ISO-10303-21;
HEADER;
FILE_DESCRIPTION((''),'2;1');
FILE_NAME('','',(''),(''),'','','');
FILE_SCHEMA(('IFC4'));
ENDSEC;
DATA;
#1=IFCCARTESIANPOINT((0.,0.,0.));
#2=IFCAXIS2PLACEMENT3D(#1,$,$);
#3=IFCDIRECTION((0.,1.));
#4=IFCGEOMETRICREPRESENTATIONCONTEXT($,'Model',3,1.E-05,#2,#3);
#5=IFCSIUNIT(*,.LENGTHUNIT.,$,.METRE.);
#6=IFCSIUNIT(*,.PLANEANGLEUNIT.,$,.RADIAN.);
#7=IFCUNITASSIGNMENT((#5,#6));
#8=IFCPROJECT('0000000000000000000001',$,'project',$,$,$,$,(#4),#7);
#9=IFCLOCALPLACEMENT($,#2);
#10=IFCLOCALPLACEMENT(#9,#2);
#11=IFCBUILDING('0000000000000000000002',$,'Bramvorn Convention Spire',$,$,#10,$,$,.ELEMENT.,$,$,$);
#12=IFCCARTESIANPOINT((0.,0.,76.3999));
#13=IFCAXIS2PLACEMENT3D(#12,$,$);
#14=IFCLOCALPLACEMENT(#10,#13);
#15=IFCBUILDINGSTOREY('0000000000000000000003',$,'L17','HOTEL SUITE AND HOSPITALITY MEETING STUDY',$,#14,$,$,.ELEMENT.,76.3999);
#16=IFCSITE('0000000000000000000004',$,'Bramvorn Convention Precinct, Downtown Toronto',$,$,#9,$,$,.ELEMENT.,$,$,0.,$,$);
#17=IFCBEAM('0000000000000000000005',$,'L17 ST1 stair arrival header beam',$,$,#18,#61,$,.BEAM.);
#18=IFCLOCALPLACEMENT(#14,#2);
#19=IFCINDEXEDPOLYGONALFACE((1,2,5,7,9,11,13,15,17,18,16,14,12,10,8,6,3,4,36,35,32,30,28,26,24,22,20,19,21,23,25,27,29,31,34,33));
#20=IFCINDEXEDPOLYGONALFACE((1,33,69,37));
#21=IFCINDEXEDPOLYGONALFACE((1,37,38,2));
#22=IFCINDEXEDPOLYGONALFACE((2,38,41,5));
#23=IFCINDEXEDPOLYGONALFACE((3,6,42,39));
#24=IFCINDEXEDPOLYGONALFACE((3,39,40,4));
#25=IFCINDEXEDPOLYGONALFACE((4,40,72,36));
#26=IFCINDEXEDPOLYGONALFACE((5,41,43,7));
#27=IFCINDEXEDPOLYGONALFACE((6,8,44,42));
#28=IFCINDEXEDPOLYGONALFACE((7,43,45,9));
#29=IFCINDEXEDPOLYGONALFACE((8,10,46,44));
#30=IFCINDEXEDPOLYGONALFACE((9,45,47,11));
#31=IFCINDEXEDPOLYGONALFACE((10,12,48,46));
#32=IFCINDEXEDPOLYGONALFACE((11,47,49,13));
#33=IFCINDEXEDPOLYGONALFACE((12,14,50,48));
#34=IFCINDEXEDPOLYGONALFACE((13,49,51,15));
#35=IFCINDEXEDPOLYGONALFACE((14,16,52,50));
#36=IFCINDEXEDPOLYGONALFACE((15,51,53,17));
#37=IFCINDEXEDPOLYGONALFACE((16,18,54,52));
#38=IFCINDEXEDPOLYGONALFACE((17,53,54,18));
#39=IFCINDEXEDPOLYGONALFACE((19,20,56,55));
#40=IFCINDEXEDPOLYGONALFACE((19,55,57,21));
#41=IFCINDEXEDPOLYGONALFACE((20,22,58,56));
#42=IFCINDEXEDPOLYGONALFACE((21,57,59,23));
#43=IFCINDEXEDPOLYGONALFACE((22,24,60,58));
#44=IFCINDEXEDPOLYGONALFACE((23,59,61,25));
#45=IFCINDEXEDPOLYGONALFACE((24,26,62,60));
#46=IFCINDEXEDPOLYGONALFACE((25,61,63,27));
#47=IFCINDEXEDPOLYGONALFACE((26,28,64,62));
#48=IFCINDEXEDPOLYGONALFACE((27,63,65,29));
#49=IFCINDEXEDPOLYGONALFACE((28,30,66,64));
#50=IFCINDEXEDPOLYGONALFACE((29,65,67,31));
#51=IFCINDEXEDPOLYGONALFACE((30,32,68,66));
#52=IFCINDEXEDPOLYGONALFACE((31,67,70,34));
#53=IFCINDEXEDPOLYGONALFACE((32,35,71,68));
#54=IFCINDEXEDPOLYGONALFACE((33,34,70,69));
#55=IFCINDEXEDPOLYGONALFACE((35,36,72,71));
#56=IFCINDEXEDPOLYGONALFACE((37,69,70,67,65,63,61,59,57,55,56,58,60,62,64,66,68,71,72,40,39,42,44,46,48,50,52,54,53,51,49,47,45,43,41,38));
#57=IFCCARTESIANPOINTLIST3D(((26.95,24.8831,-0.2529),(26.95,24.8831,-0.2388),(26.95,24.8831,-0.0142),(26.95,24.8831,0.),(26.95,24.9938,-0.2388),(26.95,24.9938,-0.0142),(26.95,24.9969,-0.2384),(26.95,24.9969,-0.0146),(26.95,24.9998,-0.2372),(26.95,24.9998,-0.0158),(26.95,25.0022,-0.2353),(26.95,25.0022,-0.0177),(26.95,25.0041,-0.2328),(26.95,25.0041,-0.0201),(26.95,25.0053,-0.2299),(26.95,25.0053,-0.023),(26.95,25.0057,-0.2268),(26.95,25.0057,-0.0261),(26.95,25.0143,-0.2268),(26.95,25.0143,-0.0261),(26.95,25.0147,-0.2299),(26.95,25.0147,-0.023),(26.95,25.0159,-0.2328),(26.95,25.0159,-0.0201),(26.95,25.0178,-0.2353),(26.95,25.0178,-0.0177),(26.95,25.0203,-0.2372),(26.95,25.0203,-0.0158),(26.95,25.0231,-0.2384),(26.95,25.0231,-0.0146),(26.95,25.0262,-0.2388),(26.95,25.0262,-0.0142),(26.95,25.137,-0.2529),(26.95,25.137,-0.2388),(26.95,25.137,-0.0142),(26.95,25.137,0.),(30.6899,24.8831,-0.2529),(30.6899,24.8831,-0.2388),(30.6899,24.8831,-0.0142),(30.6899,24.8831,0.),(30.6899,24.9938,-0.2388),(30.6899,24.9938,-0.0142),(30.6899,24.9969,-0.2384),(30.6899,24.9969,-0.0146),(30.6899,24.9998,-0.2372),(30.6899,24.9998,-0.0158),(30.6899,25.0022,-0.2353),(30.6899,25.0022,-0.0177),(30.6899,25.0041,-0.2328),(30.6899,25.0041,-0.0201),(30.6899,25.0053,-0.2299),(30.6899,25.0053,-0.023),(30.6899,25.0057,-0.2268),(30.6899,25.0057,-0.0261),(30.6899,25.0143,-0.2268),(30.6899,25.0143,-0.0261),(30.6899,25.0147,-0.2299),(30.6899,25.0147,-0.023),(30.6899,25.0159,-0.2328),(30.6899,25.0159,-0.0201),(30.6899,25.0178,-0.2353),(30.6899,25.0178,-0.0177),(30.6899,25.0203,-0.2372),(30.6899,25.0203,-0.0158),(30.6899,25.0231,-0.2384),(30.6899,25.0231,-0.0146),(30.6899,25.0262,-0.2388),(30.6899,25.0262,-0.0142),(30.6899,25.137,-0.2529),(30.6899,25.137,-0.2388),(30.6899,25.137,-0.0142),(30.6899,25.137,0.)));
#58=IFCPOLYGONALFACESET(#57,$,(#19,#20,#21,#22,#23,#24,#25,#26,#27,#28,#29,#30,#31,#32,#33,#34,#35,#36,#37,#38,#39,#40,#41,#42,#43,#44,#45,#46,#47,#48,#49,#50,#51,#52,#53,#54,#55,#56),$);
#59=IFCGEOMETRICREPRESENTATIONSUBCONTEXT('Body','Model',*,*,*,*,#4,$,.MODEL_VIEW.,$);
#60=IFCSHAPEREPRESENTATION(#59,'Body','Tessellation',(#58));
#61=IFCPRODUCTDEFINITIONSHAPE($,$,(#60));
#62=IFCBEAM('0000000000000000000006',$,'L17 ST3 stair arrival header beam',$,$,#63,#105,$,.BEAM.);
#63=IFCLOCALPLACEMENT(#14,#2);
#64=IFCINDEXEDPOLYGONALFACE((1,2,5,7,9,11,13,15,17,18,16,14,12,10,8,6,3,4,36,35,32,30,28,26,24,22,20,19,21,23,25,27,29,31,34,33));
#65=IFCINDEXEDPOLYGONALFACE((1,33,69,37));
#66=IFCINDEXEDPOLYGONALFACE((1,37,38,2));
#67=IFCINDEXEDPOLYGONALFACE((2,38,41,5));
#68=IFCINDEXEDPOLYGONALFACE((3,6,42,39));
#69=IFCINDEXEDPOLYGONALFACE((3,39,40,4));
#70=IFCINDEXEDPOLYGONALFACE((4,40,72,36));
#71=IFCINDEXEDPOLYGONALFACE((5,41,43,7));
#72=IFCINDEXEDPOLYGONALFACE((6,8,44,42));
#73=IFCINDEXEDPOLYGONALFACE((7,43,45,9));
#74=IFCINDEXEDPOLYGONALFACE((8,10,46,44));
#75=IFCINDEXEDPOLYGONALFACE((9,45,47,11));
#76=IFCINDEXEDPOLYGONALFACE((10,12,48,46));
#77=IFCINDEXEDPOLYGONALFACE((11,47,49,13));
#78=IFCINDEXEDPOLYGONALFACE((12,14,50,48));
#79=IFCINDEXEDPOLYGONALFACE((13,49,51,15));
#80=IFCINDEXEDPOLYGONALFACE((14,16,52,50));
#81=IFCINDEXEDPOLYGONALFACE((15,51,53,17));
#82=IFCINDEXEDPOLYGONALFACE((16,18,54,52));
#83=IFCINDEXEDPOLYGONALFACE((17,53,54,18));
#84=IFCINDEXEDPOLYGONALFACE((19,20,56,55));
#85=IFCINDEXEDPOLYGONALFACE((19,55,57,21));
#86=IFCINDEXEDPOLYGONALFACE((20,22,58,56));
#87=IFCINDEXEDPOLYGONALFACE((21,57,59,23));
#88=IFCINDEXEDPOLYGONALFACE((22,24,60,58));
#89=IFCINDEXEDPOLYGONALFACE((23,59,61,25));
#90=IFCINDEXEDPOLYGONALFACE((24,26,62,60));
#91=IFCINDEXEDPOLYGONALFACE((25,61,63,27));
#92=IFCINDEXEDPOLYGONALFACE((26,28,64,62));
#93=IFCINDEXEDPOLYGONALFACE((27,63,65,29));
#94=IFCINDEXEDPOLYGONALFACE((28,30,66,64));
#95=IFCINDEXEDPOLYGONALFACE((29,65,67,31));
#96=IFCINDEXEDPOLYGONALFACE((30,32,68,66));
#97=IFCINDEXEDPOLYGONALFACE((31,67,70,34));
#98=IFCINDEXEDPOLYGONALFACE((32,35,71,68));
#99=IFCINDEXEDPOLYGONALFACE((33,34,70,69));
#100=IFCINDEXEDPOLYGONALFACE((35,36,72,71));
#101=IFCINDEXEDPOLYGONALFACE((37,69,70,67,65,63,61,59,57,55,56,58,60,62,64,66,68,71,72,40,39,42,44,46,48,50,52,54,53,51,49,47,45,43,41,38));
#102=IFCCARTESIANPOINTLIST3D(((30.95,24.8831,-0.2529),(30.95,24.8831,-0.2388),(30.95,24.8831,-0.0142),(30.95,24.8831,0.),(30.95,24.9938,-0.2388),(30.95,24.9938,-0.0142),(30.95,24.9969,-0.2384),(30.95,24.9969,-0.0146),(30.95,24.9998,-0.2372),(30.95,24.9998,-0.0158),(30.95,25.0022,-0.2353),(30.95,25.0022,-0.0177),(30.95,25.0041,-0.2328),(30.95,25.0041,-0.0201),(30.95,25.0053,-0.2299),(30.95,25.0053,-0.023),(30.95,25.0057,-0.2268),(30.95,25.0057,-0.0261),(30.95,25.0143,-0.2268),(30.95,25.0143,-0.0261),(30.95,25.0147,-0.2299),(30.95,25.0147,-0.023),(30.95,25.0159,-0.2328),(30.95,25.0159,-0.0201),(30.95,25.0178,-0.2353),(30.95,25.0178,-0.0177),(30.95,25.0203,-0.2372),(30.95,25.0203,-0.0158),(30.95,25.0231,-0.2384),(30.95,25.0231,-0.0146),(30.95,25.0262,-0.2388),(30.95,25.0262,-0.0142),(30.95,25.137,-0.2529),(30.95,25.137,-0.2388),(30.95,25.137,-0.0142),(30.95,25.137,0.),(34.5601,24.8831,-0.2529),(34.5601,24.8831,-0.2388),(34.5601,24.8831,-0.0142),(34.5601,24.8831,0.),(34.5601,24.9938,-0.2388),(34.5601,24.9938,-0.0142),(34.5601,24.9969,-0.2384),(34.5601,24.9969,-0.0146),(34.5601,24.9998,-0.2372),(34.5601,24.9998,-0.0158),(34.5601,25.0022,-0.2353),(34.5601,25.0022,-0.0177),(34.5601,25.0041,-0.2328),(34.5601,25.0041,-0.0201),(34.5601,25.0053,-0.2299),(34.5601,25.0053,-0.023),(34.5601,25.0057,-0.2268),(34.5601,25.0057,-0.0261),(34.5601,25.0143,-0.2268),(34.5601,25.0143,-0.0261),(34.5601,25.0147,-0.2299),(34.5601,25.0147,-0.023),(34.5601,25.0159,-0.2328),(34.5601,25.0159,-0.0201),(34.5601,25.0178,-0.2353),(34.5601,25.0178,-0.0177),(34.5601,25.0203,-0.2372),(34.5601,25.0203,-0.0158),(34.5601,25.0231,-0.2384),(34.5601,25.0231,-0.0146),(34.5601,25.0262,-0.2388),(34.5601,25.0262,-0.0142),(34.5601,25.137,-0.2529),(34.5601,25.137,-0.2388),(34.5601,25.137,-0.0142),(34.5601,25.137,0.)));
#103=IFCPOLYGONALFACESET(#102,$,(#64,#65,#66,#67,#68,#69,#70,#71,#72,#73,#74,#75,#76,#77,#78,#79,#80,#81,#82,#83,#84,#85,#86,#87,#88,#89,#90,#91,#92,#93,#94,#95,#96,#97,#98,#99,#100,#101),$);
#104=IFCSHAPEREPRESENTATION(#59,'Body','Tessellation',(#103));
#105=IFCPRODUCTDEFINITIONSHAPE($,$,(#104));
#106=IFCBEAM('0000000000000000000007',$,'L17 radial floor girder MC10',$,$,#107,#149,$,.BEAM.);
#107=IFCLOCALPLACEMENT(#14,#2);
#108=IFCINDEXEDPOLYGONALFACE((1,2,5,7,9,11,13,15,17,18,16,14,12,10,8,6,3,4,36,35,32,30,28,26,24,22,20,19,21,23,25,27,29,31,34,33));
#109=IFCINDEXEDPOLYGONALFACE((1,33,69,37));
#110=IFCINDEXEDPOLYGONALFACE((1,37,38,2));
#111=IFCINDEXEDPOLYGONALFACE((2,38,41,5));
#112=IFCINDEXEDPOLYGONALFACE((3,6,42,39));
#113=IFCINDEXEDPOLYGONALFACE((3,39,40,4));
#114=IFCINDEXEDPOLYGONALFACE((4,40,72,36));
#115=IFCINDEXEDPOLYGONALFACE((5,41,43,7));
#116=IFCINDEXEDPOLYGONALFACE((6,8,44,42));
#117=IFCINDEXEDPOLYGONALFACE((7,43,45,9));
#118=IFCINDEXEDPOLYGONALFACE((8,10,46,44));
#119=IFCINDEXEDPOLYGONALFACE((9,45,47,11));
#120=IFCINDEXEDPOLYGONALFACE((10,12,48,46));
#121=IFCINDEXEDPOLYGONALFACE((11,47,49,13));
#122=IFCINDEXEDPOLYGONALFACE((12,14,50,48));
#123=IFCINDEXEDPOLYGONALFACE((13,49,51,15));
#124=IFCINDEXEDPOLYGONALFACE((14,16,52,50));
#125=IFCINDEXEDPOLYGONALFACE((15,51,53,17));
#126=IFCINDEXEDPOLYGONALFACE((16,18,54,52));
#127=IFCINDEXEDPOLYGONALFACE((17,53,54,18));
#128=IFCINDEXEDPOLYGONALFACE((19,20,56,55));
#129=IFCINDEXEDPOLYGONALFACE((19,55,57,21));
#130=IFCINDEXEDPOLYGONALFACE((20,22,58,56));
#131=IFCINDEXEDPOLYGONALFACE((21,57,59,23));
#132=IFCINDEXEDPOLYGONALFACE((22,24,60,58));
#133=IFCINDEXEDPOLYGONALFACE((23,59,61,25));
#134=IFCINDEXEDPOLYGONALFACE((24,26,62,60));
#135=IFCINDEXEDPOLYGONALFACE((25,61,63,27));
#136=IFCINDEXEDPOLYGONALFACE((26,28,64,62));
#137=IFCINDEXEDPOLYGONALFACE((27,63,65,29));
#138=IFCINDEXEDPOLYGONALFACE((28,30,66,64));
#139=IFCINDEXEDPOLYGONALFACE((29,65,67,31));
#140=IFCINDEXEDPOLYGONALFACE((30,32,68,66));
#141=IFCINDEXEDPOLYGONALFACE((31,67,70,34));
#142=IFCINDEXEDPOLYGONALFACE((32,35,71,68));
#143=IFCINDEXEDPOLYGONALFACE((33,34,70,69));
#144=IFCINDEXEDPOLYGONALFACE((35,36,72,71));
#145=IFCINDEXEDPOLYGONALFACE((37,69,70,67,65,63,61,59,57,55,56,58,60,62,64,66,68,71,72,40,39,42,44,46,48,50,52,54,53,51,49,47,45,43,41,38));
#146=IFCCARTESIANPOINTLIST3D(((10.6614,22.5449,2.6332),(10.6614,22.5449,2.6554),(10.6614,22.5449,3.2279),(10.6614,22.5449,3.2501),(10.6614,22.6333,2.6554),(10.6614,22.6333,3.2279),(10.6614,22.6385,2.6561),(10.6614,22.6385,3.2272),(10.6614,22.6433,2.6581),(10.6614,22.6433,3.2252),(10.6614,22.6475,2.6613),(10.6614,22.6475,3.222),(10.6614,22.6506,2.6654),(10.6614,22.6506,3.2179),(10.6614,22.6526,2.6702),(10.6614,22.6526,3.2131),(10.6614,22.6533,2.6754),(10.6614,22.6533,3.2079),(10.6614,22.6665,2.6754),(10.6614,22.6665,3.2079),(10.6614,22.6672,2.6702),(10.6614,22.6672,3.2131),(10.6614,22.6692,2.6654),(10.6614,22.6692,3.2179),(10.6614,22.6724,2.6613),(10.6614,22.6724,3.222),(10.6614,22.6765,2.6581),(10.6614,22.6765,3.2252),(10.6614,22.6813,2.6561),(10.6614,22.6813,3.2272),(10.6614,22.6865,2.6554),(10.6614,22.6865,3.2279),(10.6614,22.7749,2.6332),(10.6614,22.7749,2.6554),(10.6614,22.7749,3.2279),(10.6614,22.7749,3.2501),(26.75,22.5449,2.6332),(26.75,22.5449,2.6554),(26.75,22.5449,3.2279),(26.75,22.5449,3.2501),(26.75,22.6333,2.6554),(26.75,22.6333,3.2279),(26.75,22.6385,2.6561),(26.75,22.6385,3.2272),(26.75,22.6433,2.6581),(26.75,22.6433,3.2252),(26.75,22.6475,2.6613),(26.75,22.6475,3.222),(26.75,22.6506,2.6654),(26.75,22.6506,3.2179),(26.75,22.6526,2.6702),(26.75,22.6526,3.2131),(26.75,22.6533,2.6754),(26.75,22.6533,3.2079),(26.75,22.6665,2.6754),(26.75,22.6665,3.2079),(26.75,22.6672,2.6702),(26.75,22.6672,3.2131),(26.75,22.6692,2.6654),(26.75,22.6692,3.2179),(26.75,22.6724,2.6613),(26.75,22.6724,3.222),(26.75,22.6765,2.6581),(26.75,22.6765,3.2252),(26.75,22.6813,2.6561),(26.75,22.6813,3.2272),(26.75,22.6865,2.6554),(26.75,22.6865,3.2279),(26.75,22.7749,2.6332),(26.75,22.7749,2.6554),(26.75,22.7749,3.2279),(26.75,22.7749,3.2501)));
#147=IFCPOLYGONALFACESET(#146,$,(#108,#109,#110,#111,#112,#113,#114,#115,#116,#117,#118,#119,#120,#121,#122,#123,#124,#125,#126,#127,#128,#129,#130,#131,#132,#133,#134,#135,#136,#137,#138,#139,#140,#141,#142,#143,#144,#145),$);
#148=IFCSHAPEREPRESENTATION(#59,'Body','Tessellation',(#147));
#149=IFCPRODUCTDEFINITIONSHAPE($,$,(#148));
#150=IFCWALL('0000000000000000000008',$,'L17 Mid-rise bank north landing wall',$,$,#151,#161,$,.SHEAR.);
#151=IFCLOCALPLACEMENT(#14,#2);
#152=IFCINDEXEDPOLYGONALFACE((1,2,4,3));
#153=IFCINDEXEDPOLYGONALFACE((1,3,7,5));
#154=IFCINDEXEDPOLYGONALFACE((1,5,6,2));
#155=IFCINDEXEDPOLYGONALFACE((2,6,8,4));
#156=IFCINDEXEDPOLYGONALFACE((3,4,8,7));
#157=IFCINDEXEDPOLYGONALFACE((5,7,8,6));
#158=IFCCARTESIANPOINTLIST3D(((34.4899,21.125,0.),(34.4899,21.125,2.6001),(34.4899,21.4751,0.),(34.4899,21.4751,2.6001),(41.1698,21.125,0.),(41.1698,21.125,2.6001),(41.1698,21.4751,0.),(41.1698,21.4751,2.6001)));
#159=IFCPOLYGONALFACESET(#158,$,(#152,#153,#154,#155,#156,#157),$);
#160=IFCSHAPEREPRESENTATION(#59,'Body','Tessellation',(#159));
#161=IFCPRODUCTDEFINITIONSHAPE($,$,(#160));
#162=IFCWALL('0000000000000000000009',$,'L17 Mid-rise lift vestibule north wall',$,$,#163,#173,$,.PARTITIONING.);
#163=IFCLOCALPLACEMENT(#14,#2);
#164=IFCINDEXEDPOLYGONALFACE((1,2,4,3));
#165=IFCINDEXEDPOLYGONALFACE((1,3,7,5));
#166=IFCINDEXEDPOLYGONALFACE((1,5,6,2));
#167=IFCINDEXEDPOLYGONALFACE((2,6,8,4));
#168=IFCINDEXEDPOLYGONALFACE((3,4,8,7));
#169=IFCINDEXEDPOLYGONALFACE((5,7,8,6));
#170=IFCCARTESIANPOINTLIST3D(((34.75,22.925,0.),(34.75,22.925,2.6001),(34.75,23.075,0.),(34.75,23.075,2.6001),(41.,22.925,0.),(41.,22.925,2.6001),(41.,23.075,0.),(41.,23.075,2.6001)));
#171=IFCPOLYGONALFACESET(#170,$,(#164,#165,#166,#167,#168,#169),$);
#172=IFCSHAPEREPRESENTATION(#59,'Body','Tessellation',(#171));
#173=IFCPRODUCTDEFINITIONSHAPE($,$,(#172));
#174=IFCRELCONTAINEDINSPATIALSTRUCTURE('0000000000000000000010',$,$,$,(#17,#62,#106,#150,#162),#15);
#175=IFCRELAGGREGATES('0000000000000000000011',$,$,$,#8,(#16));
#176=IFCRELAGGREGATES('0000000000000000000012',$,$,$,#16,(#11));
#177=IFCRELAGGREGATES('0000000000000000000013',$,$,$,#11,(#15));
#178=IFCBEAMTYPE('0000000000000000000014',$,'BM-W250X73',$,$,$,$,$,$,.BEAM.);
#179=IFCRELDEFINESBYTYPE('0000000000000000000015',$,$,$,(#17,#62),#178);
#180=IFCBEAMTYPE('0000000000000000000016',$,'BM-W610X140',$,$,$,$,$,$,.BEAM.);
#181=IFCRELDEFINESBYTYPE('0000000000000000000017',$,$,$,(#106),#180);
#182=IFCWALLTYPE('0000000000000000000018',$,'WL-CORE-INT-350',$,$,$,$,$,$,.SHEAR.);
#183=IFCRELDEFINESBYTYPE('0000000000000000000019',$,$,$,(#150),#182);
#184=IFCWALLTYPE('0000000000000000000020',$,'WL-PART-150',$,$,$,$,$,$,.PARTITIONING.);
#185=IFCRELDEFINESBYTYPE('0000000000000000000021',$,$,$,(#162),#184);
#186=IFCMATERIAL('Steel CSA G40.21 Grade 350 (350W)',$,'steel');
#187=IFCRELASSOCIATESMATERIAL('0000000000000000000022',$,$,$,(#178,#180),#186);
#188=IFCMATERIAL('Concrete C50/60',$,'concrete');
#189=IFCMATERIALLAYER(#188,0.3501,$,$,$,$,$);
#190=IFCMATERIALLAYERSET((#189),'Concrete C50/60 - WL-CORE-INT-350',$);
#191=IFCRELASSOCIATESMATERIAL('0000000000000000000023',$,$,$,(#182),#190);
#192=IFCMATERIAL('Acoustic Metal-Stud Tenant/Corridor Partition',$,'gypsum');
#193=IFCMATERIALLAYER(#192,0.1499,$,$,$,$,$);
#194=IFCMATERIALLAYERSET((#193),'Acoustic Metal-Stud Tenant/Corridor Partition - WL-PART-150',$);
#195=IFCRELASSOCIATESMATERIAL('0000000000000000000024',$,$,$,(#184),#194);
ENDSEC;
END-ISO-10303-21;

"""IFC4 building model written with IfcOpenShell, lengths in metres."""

from ifc_helpers import new_model, si_unit, direction, frame, frame_2d, origin, origin_2d, place, context, subcontext, project, spatial, rectangle, i_section, extrude, material, layer, layer_set, material_profile, profile_set, type_object, element, save


model = new_model("IFC4")

# Units and contexts
model_context = context("Model", 3, precision=1e-05, world=origin(), true_north=direction((0.0, 1.0)))
body_context = subcontext(model_context, "Body", "Model", "MODEL_VIEW")
ifc_project = project(units=[si_unit("LENGTHUNIT", "METRE"), si_unit("PLANEANGLEUNIT", "RADIAN")], contexts=[model_context])

# Site, building, storey
site_placement = place(None, origin())
site = spatial("IfcSite", under=ifc_project, at=site_placement, Name="Bramvorn Convention Precinct, Downtown Toronto", CompositionType="ELEMENT", RefElevation=0.0)
building_placement = place(site_placement, origin())
building = spatial("IfcBuilding", under=site, at=building_placement, Name="Bramvorn Convention Spire", CompositionType="ELEMENT")
storey_placement = place(building_placement, frame((0.0, 0.0, 76.3999)))
storey = spatial("IfcBuildingStorey", under=building, at=storey_placement, Name="L17", Description="HOTEL SUITE AND HOSPITALITY MEETING STUDY", CompositionType="ELEMENT", Elevation=76.3999)

# Beams
ifc_material_1 = material(Name="Steel CSA G40.21 Grade 350 (350W)", Category="steel")
ifc_material_profile_1 = material_profile(ifc_material_1, i_section(OverallWidth=0.2539, OverallDepth=0.2529, WebThickness=0.0085, FlangeThickness=0.0142, FilletRadius=0.012, at=origin_2d()))
ifc_profile_set_1 = profile_set([ifc_material_profile_1], Name="Steel CSA G40.21 Grade 350 (350W) - W250X73")
beam_type_1 = type_object("IfcBeamType", Name="BM-W250X73", PredefinedType="BEAM", material=ifc_profile_set_1)
beam_1_placement = place(storey_placement, frame((26.95, 25.01, -0.1265), z_axis=(1.0, 0.0, 0.0), x_axis=(0.0, 1.0, 0.0)))
element("IfcBeam", 1, at=beam_1_placement, inside=storey, type_object=beam_type_1, Name="L17 ST1 stair arrival header beam", PredefinedType="BEAM", context=body_context, shape_type="SweptSolid", body=[
    extrude(i_section(OverallWidth=0.2539, OverallDepth=0.2529, WebThickness=0.0085, FlangeThickness=0.0142, FilletRadius=0.012, at=origin_2d()), origin(), (0.0, 0.0, 1.0), 3.74),
])
beam_2_placement = place(storey_placement, frame((30.95, 25.01, -0.1265), z_axis=(1.0, 0.0, 0.0), x_axis=(0.0, 1.0, 0.0)))
element("IfcBeam", 2, at=beam_2_placement, inside=storey, type_object=beam_type_1, Name="L17 ST3 stair arrival header beam", PredefinedType="BEAM", context=body_context, shape_type="SweptSolid", body=[
    extrude(i_section(OverallWidth=0.2539, OverallDepth=0.2529, WebThickness=0.0085, FlangeThickness=0.0142, FilletRadius=0.012, at=origin_2d()), origin(), (0.0, 0.0, 1.0), 3.6101),
])
ifc_material_profile_2 = material_profile(ifc_material_1, i_section(OverallWidth=0.23, OverallDepth=0.6169, WebThickness=0.0132, FlangeThickness=0.0222, FilletRadius=0.02, at=origin_2d()))
ifc_profile_set_2 = profile_set([ifc_material_profile_2], Name="Steel CSA G40.21 Grade 350 (350W) - W610X140")
beam_type_2 = type_object("IfcBeamType", Name="BM-W610X140", PredefinedType="BEAM", material=ifc_profile_set_2)
beam_3_placement = place(storey_placement, frame((26.75, 22.6599, 2.9417), z_axis=(-1.0, 0.0, 0.0), x_axis=(0.0, -1.0, 0.0)))
element("IfcBeam", 3, at=beam_3_placement, inside=storey, type_object=beam_type_2, Name="L17 radial floor girder MC10", PredefinedType="BEAM", context=body_context, shape_type="SweptSolid", body=[
    extrude(i_section(OverallWidth=0.23, OverallDepth=0.6169, WebThickness=0.0132, FlangeThickness=0.0222, FilletRadius=0.02, at=origin_2d()), origin(), (0.0, 0.0, 1.0), 16.0886),
])

# Walls
ifc_material_2 = material(Name="Concrete C50/60", Category="concrete")
ifc_layer_1 = layer(ifc_material_2, 0.3501)
ifc_layer_set_1 = layer_set([ifc_layer_1], Name="Concrete C50/60 - WL-CORE-INT-350")
wall_type_1 = type_object("IfcWallType", Name="WL-CORE-INT-350", PredefinedType="SHEAR", material=ifc_layer_set_1)
wall_1_placement = place(storey_placement, frame((34.49, 21.3, 0.0), z_axis=(0.0, 0.0, 1.0), x_axis=(1.0, 0.0, 0.0)))
element("IfcWall", 4, at=wall_1_placement, inside=storey, type_object=wall_type_1, Name="L17 Mid-rise bank north landing wall", PredefinedType="SHEAR", context=body_context, shape_type="SweptSolid", body=[
    extrude(rectangle(XDim=6.6799, YDim=0.3501, at=frame_2d((3.3398, 0.0))), origin(), (0.0, 0.0, 1.0), 2.6001),
])
ifc_material_3 = material(Name="Acoustic Metal-Stud Tenant/Corridor Partition", Category="gypsum")
ifc_layer_2 = layer(ifc_material_3, 0.1499)
ifc_layer_set_2 = layer_set([ifc_layer_2], Name="Acoustic Metal-Stud Tenant/Corridor Partition - WL-PART-150")
wall_type_2 = type_object("IfcWallType", Name="WL-PART-150", PredefinedType="PARTITIONING", material=ifc_layer_set_2)
wall_2_placement = place(storey_placement, frame((34.75, 23.0, 0.0), z_axis=(0.0, 0.0, 1.0), x_axis=(1.0, 0.0, 0.0)))
element("IfcWall", 5, at=wall_2_placement, inside=storey, type_object=wall_type_2, Name="L17 Mid-rise lift vestibule north wall", PredefinedType="PARTITIONING", context=body_context, shape_type="SweptSolid", body=[
    extrude(rectangle(XDim=6.25, YDim=0.1499, at=frame_2d((3.125, 0.0))), origin(), (0.0, 0.0, 1.0), 2.6001),
])

save(model, "model.ifc")
